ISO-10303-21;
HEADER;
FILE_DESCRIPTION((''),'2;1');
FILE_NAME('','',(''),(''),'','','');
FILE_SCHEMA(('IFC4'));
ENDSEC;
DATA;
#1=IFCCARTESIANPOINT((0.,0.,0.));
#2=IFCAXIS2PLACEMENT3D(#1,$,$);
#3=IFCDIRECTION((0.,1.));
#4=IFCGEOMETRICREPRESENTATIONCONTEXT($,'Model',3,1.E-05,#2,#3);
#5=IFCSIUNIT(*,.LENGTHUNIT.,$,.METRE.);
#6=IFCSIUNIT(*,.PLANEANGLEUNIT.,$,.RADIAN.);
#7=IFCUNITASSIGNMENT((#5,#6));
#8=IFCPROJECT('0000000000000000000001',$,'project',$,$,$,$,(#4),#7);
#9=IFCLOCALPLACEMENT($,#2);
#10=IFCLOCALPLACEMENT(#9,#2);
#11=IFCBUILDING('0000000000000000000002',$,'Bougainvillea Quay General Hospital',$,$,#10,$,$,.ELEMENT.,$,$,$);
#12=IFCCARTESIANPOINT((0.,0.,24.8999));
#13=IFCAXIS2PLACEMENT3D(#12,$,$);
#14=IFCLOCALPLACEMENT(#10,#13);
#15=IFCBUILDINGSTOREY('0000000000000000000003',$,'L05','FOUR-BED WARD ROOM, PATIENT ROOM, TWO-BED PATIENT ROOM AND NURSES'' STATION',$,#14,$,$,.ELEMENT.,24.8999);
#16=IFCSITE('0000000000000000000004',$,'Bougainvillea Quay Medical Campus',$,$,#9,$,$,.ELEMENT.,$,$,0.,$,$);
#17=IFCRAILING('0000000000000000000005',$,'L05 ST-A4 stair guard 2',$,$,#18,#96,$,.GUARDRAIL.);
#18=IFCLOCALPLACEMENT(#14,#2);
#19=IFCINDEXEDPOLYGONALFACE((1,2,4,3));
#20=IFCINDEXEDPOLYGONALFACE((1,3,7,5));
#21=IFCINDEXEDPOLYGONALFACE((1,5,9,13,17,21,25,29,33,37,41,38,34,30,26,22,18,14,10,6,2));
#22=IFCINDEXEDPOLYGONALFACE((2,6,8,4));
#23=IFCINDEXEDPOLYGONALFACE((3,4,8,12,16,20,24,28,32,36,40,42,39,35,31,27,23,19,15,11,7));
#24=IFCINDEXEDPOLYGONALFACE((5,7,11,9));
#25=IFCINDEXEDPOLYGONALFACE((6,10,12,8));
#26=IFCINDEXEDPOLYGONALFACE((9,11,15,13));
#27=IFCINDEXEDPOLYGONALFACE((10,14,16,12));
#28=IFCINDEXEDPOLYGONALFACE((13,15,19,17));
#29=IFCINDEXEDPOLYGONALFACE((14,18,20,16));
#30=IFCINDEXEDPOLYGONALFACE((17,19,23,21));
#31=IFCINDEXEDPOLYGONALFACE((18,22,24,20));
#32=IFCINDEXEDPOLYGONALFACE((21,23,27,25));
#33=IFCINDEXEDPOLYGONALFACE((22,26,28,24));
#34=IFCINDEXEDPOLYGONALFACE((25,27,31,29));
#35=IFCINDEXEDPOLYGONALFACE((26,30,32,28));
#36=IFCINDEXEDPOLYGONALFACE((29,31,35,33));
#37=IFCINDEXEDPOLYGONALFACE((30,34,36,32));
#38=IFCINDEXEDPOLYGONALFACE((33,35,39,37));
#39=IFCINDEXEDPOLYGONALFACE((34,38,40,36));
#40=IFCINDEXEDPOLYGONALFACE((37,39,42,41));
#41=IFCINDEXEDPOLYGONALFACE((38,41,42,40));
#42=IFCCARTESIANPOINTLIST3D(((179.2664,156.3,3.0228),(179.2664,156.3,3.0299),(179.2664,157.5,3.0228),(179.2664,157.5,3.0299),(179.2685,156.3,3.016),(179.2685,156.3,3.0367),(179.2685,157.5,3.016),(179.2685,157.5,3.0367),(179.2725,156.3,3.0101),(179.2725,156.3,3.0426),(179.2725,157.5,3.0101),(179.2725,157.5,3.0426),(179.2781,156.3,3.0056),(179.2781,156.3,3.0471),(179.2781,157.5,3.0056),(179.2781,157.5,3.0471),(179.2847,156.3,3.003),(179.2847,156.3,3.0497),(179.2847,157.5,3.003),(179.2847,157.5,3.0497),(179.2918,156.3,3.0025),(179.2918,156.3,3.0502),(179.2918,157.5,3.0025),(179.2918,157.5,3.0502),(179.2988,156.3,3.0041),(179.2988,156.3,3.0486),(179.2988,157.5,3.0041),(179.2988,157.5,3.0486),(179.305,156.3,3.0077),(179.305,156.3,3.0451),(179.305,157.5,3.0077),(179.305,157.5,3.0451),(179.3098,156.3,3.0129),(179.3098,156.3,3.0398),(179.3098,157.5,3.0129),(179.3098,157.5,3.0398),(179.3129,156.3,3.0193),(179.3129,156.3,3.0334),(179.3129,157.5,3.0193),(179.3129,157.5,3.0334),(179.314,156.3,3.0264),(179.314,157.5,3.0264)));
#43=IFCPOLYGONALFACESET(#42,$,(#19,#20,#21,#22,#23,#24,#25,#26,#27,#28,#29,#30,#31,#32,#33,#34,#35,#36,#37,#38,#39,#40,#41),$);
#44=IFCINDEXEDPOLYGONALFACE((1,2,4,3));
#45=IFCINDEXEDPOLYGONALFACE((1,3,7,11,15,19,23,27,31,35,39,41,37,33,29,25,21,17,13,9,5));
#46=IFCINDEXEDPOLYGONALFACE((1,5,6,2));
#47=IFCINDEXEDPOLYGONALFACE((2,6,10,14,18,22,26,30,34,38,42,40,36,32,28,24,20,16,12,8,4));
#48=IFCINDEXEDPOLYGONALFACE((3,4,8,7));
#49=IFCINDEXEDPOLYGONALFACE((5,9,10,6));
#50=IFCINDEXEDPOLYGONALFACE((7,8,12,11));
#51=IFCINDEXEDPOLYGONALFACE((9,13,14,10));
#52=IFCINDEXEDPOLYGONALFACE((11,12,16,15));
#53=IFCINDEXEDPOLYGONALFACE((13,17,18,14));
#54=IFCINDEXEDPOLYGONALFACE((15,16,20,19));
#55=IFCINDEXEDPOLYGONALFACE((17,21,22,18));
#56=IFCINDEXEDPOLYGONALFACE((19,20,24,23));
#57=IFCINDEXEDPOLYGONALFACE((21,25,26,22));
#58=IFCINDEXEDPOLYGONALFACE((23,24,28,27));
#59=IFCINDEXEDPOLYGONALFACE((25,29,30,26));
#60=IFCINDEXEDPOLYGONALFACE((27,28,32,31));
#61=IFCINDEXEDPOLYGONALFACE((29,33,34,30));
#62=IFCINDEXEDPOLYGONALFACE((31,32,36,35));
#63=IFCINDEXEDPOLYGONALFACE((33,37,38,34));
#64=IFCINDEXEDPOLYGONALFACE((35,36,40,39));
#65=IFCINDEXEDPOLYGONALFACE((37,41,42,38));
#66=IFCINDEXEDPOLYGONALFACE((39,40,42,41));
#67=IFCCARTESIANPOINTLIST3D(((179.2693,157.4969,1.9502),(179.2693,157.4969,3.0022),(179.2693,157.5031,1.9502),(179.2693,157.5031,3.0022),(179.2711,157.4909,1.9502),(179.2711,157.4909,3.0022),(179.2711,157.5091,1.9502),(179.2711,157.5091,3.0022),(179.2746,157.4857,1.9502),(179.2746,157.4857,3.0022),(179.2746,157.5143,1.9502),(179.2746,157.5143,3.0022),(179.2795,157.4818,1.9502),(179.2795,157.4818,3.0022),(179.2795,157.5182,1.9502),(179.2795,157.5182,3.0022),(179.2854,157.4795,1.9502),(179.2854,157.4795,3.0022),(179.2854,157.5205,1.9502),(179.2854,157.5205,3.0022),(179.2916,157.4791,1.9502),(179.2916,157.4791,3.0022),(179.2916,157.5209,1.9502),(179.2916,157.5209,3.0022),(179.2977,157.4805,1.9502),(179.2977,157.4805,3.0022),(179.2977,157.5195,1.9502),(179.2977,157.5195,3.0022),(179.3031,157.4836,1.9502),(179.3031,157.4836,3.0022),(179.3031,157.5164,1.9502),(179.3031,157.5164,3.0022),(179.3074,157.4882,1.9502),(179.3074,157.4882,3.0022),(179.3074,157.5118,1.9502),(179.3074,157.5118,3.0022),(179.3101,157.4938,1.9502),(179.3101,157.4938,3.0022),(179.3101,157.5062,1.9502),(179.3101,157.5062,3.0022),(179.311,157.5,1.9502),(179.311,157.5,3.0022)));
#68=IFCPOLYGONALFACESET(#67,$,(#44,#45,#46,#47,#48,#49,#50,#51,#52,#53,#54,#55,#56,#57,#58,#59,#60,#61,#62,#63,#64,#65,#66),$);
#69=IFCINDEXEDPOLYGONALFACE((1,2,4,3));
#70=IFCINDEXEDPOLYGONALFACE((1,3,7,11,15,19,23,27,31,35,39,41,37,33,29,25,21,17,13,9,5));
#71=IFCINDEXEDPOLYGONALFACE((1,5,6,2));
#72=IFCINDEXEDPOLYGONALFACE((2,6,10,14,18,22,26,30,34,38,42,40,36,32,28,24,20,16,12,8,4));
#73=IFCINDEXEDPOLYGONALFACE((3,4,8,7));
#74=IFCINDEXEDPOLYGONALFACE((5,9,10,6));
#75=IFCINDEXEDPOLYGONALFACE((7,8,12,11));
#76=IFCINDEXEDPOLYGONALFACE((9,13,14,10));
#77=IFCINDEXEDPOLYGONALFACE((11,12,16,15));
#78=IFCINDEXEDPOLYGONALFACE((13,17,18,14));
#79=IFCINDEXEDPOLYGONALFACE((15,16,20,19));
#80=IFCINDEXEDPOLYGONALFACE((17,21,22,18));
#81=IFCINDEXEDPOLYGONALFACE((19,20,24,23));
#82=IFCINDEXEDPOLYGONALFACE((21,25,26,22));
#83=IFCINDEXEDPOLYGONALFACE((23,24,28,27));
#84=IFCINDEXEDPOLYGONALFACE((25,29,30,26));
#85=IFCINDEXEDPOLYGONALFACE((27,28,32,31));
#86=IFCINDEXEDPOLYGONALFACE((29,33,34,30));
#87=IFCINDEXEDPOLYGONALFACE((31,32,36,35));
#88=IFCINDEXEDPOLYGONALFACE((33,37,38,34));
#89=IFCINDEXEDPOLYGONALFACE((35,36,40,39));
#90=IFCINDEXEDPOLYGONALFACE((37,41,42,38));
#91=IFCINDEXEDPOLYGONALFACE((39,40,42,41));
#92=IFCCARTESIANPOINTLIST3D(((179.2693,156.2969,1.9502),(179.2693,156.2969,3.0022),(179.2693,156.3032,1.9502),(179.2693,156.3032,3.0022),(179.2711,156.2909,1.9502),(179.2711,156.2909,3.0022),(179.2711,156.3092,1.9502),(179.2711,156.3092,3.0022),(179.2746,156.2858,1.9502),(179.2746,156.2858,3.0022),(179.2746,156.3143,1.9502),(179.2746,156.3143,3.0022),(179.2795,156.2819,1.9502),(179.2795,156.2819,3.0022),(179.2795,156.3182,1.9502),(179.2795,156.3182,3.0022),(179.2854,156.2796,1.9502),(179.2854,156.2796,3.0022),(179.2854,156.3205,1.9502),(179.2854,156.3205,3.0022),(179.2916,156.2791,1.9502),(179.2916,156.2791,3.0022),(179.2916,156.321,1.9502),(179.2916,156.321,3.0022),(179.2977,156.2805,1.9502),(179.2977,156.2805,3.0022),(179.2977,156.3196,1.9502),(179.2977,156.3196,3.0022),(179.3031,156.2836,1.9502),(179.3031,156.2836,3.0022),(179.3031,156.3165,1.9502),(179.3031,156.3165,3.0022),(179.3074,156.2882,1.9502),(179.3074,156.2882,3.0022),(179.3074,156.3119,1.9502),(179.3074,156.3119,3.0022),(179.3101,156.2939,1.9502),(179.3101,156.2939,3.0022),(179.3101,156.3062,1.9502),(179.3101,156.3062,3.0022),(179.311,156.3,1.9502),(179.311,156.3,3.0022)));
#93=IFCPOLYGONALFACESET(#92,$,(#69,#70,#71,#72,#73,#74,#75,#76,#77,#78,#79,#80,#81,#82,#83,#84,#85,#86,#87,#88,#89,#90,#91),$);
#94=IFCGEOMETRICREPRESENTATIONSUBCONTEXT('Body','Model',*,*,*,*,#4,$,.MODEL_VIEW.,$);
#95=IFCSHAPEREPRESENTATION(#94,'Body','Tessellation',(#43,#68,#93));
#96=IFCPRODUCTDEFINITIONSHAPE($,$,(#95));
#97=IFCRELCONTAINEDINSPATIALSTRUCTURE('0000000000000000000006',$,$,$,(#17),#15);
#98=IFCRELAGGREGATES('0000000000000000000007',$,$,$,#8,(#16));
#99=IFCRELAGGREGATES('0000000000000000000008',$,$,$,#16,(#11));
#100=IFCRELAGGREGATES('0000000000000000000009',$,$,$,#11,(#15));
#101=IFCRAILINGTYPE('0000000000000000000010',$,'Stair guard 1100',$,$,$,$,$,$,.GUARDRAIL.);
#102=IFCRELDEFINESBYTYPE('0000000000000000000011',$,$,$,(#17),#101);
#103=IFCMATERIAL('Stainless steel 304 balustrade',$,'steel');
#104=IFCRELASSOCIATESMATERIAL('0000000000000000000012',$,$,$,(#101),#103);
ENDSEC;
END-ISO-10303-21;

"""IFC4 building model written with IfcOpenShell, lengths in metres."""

from ifc_helpers import new_model, si_unit, direction, frame, origin, origin_2d, place, context, subcontext, project, spatial, circle, extrude, material, type_object, element, save


model = new_model("IFC4")

# Units and contexts
model_context = context("Model", 3, precision=1e-05, world=origin(), true_north=direction((0.0, 1.0)))
body_context = subcontext(model_context, "Body", "Model", "MODEL_VIEW")
ifc_project = project(units=[si_unit("LENGTHUNIT", "METRE"), si_unit("PLANEANGLEUNIT", "RADIAN")], contexts=[model_context])

# Site, building, storey
site_placement = place(None, origin())
site = spatial("IfcSite", under=ifc_project, at=site_placement, Name="Bougainvillea Quay Medical Campus", CompositionType="ELEMENT", RefElevation=0.0)
building_placement = place(site_placement, origin())
building = spatial("IfcBuilding", under=site, at=building_placement, Name="Bougainvillea Quay General Hospital", CompositionType="ELEMENT")
storey_placement = place(building_placement, frame((0.0, 0.0, 24.8999)))
storey = spatial("IfcBuildingStorey", under=building, at=storey_placement, Name="L05", Description="FOUR-BED WARD ROOM, PATIENT ROOM, TWO-BED PATIENT ROOM AND NURSES' STATION", CompositionType="ELEMENT", Elevation=24.8999)

# Railing
ifc_material_1 = material(Name="Stainless steel 304 balustrade", Category="steel")
railing_type_1 = type_object("IfcRailingType", Name="Stair guard 1100", PredefinedType="GUARDRAIL", material=ifc_material_1)
railing_1_placement = place(storey_placement, frame((179.29, 157.5, 1.9502)))
element("IfcRailing", 1, at=railing_1_placement, inside=storey, type_object=railing_type_1, Name="L05 ST-A4 stair guard 2", PredefinedType="GUARDRAIL", context=body_context, shape_type="SweptSolid", body=[
    extrude(circle(Radius=0.0239, at=origin_2d()), frame((0.0, 0.0, 1.0762), z_axis=(0.0, -1.0, 0.0), x_axis=(1.0, 0.0, 0.0)), (0.0, 0.0, 1.0), 1.2),
    extrude(circle(Radius=0.021, at=origin_2d()), origin(), (0.0, 0.0, 1.0), 1.052),
    extrude(circle(Radius=0.021, at=origin_2d()), frame((0.0, -1.2, 0.0)), (0.0, 0.0, 1.0), 1.052),
])

save(model, "model.ifc")
